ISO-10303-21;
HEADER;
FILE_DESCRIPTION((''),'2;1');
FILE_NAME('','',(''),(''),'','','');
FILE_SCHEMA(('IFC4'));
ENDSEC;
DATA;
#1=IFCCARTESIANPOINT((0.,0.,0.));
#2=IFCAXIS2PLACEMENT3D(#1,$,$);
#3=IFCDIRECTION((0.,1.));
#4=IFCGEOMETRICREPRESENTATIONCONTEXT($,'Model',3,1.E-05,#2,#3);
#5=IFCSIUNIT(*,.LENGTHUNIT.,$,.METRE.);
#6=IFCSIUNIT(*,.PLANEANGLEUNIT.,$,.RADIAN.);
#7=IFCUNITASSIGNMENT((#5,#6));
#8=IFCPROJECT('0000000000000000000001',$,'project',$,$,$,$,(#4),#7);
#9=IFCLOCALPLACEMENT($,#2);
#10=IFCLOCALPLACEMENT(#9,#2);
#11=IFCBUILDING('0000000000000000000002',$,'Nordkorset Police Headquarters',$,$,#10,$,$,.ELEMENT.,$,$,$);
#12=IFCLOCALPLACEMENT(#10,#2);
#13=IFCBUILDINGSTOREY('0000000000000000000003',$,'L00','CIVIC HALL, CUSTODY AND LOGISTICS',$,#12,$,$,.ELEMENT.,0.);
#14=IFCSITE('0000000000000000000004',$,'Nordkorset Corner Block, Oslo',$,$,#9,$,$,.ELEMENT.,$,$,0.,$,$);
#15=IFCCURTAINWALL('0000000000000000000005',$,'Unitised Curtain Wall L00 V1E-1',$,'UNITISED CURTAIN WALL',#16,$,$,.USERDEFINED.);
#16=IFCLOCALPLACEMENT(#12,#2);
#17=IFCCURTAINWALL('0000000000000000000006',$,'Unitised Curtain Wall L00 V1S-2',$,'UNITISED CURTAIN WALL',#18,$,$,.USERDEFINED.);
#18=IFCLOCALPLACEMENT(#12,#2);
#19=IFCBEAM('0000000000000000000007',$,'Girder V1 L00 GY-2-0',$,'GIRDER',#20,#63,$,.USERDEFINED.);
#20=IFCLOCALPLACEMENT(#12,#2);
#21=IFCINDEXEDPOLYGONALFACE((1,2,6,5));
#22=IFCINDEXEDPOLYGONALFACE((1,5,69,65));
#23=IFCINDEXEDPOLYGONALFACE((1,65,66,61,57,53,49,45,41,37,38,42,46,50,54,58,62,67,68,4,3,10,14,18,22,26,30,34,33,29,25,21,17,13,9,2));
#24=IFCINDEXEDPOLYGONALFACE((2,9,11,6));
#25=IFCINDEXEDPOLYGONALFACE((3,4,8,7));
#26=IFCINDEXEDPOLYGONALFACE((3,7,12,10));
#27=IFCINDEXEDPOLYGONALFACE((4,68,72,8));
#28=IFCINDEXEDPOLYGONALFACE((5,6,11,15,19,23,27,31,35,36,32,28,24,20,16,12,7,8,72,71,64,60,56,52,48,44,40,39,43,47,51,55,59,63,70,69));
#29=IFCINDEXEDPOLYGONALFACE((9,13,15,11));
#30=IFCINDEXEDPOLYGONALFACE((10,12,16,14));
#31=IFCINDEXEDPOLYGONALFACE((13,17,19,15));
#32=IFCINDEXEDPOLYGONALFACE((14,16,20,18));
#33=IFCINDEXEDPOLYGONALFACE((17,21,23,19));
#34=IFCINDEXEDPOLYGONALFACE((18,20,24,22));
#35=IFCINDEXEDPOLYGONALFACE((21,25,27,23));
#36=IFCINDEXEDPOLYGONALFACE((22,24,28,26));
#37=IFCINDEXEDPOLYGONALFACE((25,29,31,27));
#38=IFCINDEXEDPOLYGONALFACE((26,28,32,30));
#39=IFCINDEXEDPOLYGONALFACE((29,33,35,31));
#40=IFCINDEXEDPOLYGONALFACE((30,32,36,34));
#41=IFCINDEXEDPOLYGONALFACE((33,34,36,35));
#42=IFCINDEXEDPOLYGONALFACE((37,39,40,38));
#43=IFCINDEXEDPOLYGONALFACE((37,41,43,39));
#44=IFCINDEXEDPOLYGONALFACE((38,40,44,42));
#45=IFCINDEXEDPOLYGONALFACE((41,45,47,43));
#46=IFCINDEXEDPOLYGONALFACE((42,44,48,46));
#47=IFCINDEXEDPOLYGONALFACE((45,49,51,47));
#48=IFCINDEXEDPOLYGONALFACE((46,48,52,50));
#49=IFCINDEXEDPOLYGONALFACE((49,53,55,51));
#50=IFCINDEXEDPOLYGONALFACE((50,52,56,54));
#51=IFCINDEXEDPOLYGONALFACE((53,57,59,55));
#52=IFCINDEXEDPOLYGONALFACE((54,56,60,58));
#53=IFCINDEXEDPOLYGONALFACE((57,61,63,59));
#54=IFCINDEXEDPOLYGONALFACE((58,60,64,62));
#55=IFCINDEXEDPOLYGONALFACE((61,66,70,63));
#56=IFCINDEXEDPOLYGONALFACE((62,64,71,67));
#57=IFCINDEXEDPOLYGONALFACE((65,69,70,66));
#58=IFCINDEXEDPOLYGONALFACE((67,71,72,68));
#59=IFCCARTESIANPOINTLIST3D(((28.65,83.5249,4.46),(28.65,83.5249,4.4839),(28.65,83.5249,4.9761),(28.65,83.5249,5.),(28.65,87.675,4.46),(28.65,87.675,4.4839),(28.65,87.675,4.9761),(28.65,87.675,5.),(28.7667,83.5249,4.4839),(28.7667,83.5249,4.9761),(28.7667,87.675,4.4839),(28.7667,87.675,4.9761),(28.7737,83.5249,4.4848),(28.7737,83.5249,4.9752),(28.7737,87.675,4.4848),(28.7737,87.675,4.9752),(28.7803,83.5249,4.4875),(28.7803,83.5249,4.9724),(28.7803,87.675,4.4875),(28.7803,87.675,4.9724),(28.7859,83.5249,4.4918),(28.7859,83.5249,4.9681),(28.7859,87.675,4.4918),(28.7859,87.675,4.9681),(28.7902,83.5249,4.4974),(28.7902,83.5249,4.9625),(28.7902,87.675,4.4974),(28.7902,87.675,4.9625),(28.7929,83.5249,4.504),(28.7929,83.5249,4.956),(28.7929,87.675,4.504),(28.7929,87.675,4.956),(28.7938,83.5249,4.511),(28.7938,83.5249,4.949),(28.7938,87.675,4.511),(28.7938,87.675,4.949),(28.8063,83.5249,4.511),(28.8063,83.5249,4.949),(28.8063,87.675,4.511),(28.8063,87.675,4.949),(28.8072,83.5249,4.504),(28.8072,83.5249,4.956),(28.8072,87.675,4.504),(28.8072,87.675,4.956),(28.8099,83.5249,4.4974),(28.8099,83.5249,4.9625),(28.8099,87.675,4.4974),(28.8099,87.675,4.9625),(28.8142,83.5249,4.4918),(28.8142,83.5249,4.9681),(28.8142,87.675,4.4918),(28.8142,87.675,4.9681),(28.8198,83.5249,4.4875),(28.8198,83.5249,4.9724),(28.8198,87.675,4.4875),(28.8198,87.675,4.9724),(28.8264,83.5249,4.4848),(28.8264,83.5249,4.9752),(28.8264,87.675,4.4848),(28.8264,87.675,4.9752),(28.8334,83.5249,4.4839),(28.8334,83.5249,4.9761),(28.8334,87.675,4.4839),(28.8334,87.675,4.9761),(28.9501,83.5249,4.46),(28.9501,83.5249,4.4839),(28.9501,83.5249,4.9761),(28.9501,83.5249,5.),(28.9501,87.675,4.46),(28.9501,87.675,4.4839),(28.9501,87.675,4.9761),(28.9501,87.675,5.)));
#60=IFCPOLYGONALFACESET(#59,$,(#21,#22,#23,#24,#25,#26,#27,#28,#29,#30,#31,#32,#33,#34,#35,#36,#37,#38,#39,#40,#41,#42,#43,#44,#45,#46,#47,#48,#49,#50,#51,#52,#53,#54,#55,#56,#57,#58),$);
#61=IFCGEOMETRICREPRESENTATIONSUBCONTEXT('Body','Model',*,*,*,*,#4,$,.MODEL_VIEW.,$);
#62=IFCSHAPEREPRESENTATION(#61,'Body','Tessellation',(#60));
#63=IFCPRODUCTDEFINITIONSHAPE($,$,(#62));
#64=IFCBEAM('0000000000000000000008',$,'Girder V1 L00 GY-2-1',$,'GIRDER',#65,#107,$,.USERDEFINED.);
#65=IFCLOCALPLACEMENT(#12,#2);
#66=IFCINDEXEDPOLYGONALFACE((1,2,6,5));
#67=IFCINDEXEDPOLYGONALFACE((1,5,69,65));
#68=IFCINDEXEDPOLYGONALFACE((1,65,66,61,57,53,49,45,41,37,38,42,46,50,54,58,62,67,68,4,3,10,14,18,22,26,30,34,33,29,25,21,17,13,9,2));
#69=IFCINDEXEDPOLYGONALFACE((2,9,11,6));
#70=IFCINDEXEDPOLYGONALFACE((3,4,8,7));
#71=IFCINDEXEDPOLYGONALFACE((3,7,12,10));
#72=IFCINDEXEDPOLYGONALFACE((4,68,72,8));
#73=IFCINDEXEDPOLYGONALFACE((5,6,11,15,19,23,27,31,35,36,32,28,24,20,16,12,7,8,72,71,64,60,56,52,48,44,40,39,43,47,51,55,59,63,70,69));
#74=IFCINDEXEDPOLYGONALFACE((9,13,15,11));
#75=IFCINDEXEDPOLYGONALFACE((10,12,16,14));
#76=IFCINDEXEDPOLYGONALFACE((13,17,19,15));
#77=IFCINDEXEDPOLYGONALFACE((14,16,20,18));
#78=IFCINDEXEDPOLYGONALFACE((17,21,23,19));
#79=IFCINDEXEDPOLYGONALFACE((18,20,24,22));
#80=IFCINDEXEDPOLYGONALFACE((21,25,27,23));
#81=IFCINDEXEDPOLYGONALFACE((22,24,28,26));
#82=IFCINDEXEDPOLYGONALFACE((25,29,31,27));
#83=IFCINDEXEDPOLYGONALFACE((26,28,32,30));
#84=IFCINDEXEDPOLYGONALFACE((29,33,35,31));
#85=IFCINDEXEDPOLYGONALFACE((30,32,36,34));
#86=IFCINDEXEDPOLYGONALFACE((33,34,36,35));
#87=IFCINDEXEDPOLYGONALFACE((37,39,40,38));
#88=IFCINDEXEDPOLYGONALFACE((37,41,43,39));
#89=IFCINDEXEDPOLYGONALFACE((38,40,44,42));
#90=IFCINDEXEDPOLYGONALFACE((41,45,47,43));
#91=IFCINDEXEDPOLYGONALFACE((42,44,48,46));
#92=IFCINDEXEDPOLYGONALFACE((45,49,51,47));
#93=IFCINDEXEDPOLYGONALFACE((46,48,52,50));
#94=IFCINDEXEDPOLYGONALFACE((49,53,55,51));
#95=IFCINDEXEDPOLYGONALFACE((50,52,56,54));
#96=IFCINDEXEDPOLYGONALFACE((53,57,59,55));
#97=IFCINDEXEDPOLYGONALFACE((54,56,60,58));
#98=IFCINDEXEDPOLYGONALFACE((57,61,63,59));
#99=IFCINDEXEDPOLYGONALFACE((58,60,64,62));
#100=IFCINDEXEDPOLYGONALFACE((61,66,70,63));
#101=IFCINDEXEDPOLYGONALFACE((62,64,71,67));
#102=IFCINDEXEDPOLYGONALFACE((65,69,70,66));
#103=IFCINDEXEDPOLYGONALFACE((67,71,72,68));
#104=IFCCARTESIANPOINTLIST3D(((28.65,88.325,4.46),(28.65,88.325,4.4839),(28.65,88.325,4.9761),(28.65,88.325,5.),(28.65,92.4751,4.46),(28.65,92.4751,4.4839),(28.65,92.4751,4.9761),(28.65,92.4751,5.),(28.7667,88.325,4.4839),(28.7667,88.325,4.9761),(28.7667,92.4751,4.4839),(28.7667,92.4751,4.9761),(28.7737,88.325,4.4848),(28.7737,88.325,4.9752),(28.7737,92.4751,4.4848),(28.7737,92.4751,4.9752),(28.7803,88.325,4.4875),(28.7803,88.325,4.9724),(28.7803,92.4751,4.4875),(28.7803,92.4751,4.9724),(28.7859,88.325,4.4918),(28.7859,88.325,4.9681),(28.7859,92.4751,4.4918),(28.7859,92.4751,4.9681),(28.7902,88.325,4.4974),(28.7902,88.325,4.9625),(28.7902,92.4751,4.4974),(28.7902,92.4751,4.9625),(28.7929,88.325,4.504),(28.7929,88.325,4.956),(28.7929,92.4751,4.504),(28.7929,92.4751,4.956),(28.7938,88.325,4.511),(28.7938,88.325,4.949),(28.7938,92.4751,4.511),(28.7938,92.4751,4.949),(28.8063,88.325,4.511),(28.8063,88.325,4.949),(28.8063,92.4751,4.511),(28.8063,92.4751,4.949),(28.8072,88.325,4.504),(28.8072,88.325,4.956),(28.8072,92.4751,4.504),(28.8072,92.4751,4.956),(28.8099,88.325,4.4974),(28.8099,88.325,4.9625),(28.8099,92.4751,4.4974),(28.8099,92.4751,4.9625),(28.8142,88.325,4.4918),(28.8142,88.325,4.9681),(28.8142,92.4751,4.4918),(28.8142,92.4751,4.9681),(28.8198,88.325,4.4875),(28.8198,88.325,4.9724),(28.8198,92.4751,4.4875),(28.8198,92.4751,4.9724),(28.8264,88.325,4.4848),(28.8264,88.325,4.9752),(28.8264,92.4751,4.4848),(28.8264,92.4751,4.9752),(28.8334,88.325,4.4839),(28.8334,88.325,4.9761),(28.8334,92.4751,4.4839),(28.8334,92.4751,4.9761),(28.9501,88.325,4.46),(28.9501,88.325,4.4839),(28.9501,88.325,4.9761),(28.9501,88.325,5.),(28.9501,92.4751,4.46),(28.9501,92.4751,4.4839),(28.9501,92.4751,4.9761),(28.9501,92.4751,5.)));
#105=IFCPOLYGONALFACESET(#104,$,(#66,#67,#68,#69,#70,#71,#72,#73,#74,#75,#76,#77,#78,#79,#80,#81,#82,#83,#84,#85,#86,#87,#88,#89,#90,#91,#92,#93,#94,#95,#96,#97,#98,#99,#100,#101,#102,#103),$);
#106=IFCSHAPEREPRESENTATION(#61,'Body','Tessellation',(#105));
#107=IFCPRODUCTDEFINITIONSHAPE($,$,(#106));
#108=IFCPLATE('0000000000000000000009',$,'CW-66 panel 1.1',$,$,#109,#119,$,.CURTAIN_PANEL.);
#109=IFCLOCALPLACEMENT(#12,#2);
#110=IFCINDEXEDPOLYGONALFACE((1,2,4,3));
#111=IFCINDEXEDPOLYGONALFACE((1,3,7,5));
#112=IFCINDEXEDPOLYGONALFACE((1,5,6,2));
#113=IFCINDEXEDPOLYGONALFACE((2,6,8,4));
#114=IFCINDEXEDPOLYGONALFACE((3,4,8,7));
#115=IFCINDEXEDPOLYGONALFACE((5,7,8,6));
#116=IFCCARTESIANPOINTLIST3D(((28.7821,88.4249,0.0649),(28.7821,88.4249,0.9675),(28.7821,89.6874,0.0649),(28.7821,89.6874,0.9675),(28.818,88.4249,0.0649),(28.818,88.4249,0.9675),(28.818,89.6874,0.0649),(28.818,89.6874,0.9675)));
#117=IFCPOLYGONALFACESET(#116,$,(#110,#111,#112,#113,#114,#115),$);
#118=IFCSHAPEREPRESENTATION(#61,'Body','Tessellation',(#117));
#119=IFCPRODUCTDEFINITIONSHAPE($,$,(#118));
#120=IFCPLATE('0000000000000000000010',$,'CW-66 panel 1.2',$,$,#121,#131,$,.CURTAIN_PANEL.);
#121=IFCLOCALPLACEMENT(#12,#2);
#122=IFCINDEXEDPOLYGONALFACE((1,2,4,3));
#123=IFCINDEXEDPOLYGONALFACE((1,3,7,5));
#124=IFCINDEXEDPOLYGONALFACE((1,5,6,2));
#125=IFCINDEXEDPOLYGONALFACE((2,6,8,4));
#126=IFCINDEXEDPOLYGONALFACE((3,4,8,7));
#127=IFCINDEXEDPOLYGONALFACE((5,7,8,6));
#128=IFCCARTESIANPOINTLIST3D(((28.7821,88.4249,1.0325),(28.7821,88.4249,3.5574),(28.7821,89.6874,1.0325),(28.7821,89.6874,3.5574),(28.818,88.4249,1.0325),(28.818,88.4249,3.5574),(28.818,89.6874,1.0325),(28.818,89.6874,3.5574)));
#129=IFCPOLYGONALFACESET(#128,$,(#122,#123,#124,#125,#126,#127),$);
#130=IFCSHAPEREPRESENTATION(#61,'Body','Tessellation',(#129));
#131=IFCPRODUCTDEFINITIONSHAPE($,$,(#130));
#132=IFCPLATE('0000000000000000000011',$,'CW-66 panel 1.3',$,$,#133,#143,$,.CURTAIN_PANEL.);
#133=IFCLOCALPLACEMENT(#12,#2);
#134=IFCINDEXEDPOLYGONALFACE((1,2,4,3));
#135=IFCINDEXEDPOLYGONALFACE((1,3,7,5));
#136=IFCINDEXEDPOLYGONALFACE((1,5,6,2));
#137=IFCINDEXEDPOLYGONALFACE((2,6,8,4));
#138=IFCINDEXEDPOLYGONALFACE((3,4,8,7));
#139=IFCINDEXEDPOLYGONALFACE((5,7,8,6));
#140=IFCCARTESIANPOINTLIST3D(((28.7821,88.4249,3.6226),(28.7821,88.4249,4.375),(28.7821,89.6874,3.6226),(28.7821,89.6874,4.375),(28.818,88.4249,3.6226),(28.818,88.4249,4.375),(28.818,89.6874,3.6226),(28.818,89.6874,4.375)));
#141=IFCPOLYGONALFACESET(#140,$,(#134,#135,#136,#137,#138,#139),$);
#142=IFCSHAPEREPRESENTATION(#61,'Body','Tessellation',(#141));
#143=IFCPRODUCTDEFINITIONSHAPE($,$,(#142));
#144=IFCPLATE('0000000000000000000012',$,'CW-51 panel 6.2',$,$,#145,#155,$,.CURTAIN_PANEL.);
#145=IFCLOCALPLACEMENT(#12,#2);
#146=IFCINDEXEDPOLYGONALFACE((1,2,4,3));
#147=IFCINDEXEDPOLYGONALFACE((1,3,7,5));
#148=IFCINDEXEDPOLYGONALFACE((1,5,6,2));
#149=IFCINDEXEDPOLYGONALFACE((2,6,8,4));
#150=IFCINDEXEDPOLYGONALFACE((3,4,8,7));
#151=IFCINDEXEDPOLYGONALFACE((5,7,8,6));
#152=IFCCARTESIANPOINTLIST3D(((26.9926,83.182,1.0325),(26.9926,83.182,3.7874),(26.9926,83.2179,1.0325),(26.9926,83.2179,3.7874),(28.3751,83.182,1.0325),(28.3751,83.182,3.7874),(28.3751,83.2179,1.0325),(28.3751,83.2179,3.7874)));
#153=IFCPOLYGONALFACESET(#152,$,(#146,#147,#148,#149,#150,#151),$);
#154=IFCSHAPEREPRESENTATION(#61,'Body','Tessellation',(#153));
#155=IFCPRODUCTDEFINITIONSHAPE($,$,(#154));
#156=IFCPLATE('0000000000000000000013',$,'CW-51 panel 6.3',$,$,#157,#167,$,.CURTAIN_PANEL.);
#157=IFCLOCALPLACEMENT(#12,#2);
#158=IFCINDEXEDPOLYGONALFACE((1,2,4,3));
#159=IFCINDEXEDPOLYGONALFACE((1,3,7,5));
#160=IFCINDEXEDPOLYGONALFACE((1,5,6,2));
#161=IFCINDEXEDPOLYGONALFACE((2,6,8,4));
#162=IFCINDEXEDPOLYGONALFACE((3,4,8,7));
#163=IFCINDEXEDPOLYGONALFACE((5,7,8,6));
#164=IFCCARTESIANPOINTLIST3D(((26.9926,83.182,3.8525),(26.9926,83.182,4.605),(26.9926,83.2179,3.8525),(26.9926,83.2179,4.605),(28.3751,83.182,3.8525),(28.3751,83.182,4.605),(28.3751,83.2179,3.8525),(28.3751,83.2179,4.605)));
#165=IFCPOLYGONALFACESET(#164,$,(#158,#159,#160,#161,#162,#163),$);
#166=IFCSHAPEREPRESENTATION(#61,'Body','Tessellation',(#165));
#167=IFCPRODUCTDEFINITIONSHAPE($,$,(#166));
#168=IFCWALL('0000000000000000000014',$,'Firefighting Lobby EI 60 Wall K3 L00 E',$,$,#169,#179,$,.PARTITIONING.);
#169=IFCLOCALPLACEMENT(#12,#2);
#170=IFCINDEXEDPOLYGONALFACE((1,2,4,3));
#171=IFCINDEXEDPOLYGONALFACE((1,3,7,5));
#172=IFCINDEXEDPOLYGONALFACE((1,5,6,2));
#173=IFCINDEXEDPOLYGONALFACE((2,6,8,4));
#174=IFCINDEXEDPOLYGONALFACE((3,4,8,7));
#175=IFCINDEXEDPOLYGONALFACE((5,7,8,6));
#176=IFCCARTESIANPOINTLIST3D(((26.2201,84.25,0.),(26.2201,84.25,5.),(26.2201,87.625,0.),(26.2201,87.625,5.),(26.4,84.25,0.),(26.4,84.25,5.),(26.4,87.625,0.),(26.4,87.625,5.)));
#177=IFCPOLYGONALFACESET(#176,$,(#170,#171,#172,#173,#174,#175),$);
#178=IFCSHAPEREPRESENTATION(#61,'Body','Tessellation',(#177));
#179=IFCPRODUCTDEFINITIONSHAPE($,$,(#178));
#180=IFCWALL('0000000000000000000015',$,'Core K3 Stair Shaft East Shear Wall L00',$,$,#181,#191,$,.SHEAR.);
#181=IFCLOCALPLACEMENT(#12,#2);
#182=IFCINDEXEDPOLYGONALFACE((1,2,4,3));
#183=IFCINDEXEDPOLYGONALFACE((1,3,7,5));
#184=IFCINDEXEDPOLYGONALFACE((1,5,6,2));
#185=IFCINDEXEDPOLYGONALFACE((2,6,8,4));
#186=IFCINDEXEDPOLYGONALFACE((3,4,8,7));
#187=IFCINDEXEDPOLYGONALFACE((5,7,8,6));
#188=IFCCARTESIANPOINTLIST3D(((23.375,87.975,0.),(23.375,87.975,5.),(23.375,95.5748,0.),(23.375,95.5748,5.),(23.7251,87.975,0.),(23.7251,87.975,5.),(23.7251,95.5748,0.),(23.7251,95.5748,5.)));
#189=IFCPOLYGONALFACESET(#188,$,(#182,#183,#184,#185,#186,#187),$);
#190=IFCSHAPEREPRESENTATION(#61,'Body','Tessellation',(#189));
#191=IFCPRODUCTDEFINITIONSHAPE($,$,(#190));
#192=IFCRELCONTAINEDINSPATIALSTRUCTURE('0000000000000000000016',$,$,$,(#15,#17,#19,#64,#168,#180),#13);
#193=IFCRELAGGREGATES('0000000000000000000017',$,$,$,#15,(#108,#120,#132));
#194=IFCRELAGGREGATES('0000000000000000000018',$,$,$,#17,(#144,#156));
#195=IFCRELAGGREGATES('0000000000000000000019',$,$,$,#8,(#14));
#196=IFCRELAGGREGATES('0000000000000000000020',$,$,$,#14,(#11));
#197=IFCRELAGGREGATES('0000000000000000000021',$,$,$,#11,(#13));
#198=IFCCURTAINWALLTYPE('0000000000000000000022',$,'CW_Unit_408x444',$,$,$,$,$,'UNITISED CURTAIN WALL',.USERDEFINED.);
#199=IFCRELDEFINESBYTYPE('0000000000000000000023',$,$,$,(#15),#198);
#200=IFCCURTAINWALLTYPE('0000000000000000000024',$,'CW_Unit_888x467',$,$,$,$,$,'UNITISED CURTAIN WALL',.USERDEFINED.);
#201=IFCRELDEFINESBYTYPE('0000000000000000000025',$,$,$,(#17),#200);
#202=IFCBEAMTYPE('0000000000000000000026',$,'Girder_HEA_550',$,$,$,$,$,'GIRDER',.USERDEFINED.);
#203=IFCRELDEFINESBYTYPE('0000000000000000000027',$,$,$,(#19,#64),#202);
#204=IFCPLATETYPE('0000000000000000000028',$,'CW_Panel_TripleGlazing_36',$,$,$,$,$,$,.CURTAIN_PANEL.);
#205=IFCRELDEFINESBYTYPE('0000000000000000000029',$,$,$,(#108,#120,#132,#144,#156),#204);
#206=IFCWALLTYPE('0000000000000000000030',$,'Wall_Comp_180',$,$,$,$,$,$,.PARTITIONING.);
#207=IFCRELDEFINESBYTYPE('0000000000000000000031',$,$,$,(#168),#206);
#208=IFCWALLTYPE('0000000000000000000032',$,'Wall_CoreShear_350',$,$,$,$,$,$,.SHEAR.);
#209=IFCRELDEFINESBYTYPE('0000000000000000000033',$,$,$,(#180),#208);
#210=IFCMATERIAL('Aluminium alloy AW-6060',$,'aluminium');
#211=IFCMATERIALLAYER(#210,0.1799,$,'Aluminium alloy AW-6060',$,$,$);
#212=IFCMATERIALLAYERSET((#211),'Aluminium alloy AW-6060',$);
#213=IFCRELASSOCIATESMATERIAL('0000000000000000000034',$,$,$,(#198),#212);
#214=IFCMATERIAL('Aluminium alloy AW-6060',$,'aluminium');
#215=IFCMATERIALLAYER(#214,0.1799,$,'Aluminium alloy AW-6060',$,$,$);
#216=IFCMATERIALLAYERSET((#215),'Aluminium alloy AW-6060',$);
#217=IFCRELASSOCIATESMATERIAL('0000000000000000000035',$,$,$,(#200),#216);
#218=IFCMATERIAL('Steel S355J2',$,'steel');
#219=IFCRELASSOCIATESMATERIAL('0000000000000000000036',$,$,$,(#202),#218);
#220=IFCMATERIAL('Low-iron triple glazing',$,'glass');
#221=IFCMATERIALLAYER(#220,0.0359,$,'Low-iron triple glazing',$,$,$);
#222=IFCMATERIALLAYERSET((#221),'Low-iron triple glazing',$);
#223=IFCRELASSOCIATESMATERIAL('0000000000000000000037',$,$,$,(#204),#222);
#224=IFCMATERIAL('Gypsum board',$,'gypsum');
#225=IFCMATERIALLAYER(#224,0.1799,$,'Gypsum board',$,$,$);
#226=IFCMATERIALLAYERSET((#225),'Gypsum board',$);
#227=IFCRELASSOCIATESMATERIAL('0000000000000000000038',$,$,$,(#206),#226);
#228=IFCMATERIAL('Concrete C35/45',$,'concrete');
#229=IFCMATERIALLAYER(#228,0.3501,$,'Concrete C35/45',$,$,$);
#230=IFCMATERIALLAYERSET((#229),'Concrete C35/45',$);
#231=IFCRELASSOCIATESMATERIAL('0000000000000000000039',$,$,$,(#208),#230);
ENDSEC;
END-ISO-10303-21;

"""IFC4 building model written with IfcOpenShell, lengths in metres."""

from ifc_helpers import new_model, si_unit, direction, frame, frame_2d, origin, origin_2d, place, context, subcontext, project, spatial, rectangle, i_section, extrude, material, layer, layer_set, material_profile, profile_set, type_object, element, aggregate, save


model = new_model("IFC4")

# Units and contexts
model_context = context("Model", 3, precision=1e-05, world=origin(), true_north=direction((0.0, 1.0)))
body_context = subcontext(model_context, "Body", "Model", "MODEL_VIEW")
ifc_project = project(units=[si_unit("LENGTHUNIT", "METRE"), si_unit("PLANEANGLEUNIT", "RADIAN")], contexts=[model_context])

# Site, building, storey
site_placement = place(None, origin())
site = spatial("IfcSite", under=ifc_project, at=site_placement, Name="Nordkorset Corner Block, Oslo", CompositionType="ELEMENT", RefElevation=0.0)
building_placement = place(site_placement, origin())
building = spatial("IfcBuilding", under=site, at=building_placement, Name="Nordkorset Police Headquarters", CompositionType="ELEMENT")
storey_placement = place(building_placement, origin())
storey = spatial("IfcBuildingStorey", under=building, at=storey_placement, Name="L00", Description="CIVIC HALL, CUSTODY AND LOGISTICS", CompositionType="ELEMENT", Elevation=0.0)

# Curtain walls
ifc_material_1 = material(Name="Aluminium alloy AW-6060", Category="aluminium")
ifc_layer_1 = layer(ifc_material_1, 0.1799, Name="Aluminium alloy AW-6060")
ifc_layer_set_1 = layer_set([ifc_layer_1], Name="Aluminium alloy AW-6060")
curtain_wall_type_1 = type_object("IfcCurtainWallType", Name="CW_Unit_408x444", ElementType="UNITISED CURTAIN WALL", PredefinedType="USERDEFINED", material=ifc_layer_set_1)
curtain_wall_1_placement = place(storey_placement, origin())
curtain_wall_1 = element("IfcCurtainWall", 1, at=curtain_wall_1_placement, inside=storey, type_object=curtain_wall_type_1, Name="Unitised Curtain Wall L00 V1E-1", ObjectType="UNITISED CURTAIN WALL", PredefinedType="USERDEFINED")
ifc_material_2 = material(Name="Aluminium alloy AW-6060", Category="aluminium")
ifc_layer_2 = layer(ifc_material_2, 0.1799, Name="Aluminium alloy AW-6060")
ifc_layer_set_2 = layer_set([ifc_layer_2], Name="Aluminium alloy AW-6060")
curtain_wall_type_2 = type_object("IfcCurtainWallType", Name="CW_Unit_888x467", ElementType="UNITISED CURTAIN WALL", PredefinedType="USERDEFINED", material=ifc_layer_set_2)
curtain_wall_2_placement = place(storey_placement, origin())
curtain_wall_2 = element("IfcCurtainWall", 2, at=curtain_wall_2_placement, inside=storey, type_object=curtain_wall_type_2, Name="Unitised Curtain Wall L00 V1S-2", ObjectType="UNITISED CURTAIN WALL", PredefinedType="USERDEFINED")

# Beams
ifc_material_3 = material(Name="Steel S355J2", Category="steel")
ifc_material_profile_1 = material_profile(ifc_material_3, i_section(OverallWidth=0.3, OverallDepth=0.54, WebThickness=0.0125, FlangeThickness=0.0239, FilletRadius=0.0271, at=origin_2d()), Name="HEA 550")
ifc_profile_set_1 = profile_set([ifc_material_profile_1], Name="Steel S355J2")
beam_type = type_object("IfcBeamType", Name="Girder_HEA_550", ElementType="GIRDER", PredefinedType="USERDEFINED", material=ifc_profile_set_1)
for number, where, z_axis, x_axis, name in (
    (3, (28.8, 83.5249, 4.73), (0.0, 1.0, 0.0), (-1.0, 0.0, 0.0), "Girder V1 L00 GY-2-0"),
    (4, (28.8, 88.325, 4.73), (0.0, 1.0, 0.0), (-1.0, 0.0, 0.0), "Girder V1 L00 GY-2-1"),
):
    element("IfcBeam", number, at=place(storey_placement, frame(where, z_axis=z_axis, x_axis=x_axis)), inside=storey, type_object=beam_type, Name=name, ObjectType="GIRDER", PredefinedType="USERDEFINED", context=body_context, shape_type="SweptSolid", body=[
        extrude(i_section(OverallWidth=0.3, OverallDepth=0.54, WebThickness=0.0125, FlangeThickness=0.0239, FilletRadius=0.0271, at=origin_2d()), origin(), (0.0, 0.0, 1.0), 4.1501),
    ])

# Plates
ifc_material_4 = material(Name="Low-iron triple glazing", Category="glass")
ifc_layer_3 = layer(ifc_material_4, 0.0359, Name="Low-iron triple glazing")
ifc_layer_set_3 = layer_set([ifc_layer_3], Name="Low-iron triple glazing")
plate_type = type_object("IfcPlateType", Name="CW_Panel_TripleGlazing_36", PredefinedType="CURTAIN_PANEL", material=ifc_layer_set_3)
plate_1_placement = place(storey_placement, frame((28.8, 89.0562, 0.0649), z_axis=(0.0, 0.0, 1.0), x_axis=(0.0, 1.0, 0.0)))
plate_1 = element("IfcPlate", 5, at=plate_1_placement, type_object=plate_type, Name="CW-66 panel 1.1", PredefinedType="CURTAIN_PANEL", context=body_context, shape_type="SweptSolid", body=[
    extrude(rectangle(XDim=1.2625, YDim=0.0359, at=origin_2d()), origin(), (0.0, 0.0, 1.0), 0.9026),
])
plate_2_placement = place(storey_placement, frame((28.8, 89.0562, 1.0325), z_axis=(0.0, 0.0, 1.0), x_axis=(0.0, 1.0, 0.0)))
plate_2 = element("IfcPlate", 6, at=plate_2_placement, type_object=plate_type, Name="CW-66 panel 1.2", PredefinedType="CURTAIN_PANEL", context=body_context, shape_type="SweptSolid", body=[
    extrude(rectangle(XDim=1.2625, YDim=0.0359, at=origin_2d()), origin(), (0.0, 0.0, 1.0), 2.5249),
])
plate_3_placement = place(storey_placement, frame((28.8, 89.0562, 3.6226), z_axis=(0.0, 0.0, 1.0), x_axis=(0.0, 1.0, 0.0)))
plate_3 = element("IfcPlate", 7, at=plate_3_placement, type_object=plate_type, Name="CW-66 panel 1.3", PredefinedType="CURTAIN_PANEL", context=body_context, shape_type="SweptSolid", body=[
    extrude(rectangle(XDim=1.2625, YDim=0.0359, at=origin_2d()), origin(), (0.0, 0.0, 1.0), 0.7524),
])
aggregate(curtain_wall_1, [plate_1, plate_2, plate_3])
plate_4_placement = place(storey_placement, frame((27.6838, 83.2, 1.0325), z_axis=(0.0, 0.0, 1.0), x_axis=(1.0, 0.0, 0.0)))
plate_4 = element("IfcPlate", 8, at=plate_4_placement, type_object=plate_type, Name="CW-51 panel 6.2", PredefinedType="CURTAIN_PANEL", context=body_context, shape_type="SweptSolid", body=[
    extrude(rectangle(XDim=1.3826, YDim=0.0359, at=origin_2d()), origin(), (0.0, 0.0, 1.0), 2.7549),
])
plate_5_placement = place(storey_placement, frame((27.6838, 83.2, 3.8525), z_axis=(0.0, 0.0, 1.0), x_axis=(1.0, 0.0, 0.0)))
plate_5 = element("IfcPlate", 9, at=plate_5_placement, type_object=plate_type, Name="CW-51 panel 6.3", PredefinedType="CURTAIN_PANEL", context=body_context, shape_type="SweptSolid", body=[
    extrude(rectangle(XDim=1.3826, YDim=0.0359, at=origin_2d()), origin(), (0.0, 0.0, 1.0), 0.7524),
])
aggregate(curtain_wall_2, [plate_4, plate_5])

# Walls
ifc_material_5 = material(Name="Gypsum board", Category="gypsum")
ifc_layer_4 = layer(ifc_material_5, 0.1799, Name="Gypsum board")
ifc_layer_set_4 = layer_set([ifc_layer_4], Name="Gypsum board")
wall_type_1 = type_object("IfcWallType", Name="Wall_Comp_180", PredefinedType="PARTITIONING", material=ifc_layer_set_4)
wall_1_placement = place(storey_placement, frame((26.3101, 84.25, 0.0), z_axis=(0.0, 0.0, 1.0), x_axis=(0.0, 1.0, 0.0)))
element("IfcWall", 10, at=wall_1_placement, inside=storey, type_object=wall_type_1, Name="Firefighting Lobby EI 60 Wall K3 L00 E", PredefinedType="PARTITIONING", context=body_context, shape_type="SweptSolid", body=[
    extrude(rectangle(XDim=3.375, YDim=0.1799, at=frame_2d((1.6875, 0.0))), origin(), (0.0, 0.0, 1.0), 5.0),
])
ifc_material_6 = material(Name="Concrete C35/45", Category="concrete")
ifc_layer_5 = layer(ifc_material_6, 0.3501, Name="Concrete C35/45")
ifc_layer_set_5 = layer_set([ifc_layer_5], Name="Concrete C35/45")
wall_type_2 = type_object("IfcWallType", Name="Wall_CoreShear_350", PredefinedType="SHEAR", material=ifc_layer_set_5)
wall_2_placement = place(storey_placement, frame((23.55, 87.9751, 0.0), z_axis=(0.0, 0.0, 1.0), x_axis=(0.0, 1.0, 0.0)))
element("IfcWall", 11, at=wall_2_placement, inside=storey, type_object=wall_type_2, Name="Core K3 Stair Shaft East Shear Wall L00", PredefinedType="SHEAR", context=body_context, shape_type="SweptSolid", body=[
    extrude(rectangle(XDim=7.5999, YDim=0.3501, at=frame_2d((3.7998, 0.0))), origin(), (0.0, 0.0, 1.0), 5.0),
])

save(model, "model.ifc")
